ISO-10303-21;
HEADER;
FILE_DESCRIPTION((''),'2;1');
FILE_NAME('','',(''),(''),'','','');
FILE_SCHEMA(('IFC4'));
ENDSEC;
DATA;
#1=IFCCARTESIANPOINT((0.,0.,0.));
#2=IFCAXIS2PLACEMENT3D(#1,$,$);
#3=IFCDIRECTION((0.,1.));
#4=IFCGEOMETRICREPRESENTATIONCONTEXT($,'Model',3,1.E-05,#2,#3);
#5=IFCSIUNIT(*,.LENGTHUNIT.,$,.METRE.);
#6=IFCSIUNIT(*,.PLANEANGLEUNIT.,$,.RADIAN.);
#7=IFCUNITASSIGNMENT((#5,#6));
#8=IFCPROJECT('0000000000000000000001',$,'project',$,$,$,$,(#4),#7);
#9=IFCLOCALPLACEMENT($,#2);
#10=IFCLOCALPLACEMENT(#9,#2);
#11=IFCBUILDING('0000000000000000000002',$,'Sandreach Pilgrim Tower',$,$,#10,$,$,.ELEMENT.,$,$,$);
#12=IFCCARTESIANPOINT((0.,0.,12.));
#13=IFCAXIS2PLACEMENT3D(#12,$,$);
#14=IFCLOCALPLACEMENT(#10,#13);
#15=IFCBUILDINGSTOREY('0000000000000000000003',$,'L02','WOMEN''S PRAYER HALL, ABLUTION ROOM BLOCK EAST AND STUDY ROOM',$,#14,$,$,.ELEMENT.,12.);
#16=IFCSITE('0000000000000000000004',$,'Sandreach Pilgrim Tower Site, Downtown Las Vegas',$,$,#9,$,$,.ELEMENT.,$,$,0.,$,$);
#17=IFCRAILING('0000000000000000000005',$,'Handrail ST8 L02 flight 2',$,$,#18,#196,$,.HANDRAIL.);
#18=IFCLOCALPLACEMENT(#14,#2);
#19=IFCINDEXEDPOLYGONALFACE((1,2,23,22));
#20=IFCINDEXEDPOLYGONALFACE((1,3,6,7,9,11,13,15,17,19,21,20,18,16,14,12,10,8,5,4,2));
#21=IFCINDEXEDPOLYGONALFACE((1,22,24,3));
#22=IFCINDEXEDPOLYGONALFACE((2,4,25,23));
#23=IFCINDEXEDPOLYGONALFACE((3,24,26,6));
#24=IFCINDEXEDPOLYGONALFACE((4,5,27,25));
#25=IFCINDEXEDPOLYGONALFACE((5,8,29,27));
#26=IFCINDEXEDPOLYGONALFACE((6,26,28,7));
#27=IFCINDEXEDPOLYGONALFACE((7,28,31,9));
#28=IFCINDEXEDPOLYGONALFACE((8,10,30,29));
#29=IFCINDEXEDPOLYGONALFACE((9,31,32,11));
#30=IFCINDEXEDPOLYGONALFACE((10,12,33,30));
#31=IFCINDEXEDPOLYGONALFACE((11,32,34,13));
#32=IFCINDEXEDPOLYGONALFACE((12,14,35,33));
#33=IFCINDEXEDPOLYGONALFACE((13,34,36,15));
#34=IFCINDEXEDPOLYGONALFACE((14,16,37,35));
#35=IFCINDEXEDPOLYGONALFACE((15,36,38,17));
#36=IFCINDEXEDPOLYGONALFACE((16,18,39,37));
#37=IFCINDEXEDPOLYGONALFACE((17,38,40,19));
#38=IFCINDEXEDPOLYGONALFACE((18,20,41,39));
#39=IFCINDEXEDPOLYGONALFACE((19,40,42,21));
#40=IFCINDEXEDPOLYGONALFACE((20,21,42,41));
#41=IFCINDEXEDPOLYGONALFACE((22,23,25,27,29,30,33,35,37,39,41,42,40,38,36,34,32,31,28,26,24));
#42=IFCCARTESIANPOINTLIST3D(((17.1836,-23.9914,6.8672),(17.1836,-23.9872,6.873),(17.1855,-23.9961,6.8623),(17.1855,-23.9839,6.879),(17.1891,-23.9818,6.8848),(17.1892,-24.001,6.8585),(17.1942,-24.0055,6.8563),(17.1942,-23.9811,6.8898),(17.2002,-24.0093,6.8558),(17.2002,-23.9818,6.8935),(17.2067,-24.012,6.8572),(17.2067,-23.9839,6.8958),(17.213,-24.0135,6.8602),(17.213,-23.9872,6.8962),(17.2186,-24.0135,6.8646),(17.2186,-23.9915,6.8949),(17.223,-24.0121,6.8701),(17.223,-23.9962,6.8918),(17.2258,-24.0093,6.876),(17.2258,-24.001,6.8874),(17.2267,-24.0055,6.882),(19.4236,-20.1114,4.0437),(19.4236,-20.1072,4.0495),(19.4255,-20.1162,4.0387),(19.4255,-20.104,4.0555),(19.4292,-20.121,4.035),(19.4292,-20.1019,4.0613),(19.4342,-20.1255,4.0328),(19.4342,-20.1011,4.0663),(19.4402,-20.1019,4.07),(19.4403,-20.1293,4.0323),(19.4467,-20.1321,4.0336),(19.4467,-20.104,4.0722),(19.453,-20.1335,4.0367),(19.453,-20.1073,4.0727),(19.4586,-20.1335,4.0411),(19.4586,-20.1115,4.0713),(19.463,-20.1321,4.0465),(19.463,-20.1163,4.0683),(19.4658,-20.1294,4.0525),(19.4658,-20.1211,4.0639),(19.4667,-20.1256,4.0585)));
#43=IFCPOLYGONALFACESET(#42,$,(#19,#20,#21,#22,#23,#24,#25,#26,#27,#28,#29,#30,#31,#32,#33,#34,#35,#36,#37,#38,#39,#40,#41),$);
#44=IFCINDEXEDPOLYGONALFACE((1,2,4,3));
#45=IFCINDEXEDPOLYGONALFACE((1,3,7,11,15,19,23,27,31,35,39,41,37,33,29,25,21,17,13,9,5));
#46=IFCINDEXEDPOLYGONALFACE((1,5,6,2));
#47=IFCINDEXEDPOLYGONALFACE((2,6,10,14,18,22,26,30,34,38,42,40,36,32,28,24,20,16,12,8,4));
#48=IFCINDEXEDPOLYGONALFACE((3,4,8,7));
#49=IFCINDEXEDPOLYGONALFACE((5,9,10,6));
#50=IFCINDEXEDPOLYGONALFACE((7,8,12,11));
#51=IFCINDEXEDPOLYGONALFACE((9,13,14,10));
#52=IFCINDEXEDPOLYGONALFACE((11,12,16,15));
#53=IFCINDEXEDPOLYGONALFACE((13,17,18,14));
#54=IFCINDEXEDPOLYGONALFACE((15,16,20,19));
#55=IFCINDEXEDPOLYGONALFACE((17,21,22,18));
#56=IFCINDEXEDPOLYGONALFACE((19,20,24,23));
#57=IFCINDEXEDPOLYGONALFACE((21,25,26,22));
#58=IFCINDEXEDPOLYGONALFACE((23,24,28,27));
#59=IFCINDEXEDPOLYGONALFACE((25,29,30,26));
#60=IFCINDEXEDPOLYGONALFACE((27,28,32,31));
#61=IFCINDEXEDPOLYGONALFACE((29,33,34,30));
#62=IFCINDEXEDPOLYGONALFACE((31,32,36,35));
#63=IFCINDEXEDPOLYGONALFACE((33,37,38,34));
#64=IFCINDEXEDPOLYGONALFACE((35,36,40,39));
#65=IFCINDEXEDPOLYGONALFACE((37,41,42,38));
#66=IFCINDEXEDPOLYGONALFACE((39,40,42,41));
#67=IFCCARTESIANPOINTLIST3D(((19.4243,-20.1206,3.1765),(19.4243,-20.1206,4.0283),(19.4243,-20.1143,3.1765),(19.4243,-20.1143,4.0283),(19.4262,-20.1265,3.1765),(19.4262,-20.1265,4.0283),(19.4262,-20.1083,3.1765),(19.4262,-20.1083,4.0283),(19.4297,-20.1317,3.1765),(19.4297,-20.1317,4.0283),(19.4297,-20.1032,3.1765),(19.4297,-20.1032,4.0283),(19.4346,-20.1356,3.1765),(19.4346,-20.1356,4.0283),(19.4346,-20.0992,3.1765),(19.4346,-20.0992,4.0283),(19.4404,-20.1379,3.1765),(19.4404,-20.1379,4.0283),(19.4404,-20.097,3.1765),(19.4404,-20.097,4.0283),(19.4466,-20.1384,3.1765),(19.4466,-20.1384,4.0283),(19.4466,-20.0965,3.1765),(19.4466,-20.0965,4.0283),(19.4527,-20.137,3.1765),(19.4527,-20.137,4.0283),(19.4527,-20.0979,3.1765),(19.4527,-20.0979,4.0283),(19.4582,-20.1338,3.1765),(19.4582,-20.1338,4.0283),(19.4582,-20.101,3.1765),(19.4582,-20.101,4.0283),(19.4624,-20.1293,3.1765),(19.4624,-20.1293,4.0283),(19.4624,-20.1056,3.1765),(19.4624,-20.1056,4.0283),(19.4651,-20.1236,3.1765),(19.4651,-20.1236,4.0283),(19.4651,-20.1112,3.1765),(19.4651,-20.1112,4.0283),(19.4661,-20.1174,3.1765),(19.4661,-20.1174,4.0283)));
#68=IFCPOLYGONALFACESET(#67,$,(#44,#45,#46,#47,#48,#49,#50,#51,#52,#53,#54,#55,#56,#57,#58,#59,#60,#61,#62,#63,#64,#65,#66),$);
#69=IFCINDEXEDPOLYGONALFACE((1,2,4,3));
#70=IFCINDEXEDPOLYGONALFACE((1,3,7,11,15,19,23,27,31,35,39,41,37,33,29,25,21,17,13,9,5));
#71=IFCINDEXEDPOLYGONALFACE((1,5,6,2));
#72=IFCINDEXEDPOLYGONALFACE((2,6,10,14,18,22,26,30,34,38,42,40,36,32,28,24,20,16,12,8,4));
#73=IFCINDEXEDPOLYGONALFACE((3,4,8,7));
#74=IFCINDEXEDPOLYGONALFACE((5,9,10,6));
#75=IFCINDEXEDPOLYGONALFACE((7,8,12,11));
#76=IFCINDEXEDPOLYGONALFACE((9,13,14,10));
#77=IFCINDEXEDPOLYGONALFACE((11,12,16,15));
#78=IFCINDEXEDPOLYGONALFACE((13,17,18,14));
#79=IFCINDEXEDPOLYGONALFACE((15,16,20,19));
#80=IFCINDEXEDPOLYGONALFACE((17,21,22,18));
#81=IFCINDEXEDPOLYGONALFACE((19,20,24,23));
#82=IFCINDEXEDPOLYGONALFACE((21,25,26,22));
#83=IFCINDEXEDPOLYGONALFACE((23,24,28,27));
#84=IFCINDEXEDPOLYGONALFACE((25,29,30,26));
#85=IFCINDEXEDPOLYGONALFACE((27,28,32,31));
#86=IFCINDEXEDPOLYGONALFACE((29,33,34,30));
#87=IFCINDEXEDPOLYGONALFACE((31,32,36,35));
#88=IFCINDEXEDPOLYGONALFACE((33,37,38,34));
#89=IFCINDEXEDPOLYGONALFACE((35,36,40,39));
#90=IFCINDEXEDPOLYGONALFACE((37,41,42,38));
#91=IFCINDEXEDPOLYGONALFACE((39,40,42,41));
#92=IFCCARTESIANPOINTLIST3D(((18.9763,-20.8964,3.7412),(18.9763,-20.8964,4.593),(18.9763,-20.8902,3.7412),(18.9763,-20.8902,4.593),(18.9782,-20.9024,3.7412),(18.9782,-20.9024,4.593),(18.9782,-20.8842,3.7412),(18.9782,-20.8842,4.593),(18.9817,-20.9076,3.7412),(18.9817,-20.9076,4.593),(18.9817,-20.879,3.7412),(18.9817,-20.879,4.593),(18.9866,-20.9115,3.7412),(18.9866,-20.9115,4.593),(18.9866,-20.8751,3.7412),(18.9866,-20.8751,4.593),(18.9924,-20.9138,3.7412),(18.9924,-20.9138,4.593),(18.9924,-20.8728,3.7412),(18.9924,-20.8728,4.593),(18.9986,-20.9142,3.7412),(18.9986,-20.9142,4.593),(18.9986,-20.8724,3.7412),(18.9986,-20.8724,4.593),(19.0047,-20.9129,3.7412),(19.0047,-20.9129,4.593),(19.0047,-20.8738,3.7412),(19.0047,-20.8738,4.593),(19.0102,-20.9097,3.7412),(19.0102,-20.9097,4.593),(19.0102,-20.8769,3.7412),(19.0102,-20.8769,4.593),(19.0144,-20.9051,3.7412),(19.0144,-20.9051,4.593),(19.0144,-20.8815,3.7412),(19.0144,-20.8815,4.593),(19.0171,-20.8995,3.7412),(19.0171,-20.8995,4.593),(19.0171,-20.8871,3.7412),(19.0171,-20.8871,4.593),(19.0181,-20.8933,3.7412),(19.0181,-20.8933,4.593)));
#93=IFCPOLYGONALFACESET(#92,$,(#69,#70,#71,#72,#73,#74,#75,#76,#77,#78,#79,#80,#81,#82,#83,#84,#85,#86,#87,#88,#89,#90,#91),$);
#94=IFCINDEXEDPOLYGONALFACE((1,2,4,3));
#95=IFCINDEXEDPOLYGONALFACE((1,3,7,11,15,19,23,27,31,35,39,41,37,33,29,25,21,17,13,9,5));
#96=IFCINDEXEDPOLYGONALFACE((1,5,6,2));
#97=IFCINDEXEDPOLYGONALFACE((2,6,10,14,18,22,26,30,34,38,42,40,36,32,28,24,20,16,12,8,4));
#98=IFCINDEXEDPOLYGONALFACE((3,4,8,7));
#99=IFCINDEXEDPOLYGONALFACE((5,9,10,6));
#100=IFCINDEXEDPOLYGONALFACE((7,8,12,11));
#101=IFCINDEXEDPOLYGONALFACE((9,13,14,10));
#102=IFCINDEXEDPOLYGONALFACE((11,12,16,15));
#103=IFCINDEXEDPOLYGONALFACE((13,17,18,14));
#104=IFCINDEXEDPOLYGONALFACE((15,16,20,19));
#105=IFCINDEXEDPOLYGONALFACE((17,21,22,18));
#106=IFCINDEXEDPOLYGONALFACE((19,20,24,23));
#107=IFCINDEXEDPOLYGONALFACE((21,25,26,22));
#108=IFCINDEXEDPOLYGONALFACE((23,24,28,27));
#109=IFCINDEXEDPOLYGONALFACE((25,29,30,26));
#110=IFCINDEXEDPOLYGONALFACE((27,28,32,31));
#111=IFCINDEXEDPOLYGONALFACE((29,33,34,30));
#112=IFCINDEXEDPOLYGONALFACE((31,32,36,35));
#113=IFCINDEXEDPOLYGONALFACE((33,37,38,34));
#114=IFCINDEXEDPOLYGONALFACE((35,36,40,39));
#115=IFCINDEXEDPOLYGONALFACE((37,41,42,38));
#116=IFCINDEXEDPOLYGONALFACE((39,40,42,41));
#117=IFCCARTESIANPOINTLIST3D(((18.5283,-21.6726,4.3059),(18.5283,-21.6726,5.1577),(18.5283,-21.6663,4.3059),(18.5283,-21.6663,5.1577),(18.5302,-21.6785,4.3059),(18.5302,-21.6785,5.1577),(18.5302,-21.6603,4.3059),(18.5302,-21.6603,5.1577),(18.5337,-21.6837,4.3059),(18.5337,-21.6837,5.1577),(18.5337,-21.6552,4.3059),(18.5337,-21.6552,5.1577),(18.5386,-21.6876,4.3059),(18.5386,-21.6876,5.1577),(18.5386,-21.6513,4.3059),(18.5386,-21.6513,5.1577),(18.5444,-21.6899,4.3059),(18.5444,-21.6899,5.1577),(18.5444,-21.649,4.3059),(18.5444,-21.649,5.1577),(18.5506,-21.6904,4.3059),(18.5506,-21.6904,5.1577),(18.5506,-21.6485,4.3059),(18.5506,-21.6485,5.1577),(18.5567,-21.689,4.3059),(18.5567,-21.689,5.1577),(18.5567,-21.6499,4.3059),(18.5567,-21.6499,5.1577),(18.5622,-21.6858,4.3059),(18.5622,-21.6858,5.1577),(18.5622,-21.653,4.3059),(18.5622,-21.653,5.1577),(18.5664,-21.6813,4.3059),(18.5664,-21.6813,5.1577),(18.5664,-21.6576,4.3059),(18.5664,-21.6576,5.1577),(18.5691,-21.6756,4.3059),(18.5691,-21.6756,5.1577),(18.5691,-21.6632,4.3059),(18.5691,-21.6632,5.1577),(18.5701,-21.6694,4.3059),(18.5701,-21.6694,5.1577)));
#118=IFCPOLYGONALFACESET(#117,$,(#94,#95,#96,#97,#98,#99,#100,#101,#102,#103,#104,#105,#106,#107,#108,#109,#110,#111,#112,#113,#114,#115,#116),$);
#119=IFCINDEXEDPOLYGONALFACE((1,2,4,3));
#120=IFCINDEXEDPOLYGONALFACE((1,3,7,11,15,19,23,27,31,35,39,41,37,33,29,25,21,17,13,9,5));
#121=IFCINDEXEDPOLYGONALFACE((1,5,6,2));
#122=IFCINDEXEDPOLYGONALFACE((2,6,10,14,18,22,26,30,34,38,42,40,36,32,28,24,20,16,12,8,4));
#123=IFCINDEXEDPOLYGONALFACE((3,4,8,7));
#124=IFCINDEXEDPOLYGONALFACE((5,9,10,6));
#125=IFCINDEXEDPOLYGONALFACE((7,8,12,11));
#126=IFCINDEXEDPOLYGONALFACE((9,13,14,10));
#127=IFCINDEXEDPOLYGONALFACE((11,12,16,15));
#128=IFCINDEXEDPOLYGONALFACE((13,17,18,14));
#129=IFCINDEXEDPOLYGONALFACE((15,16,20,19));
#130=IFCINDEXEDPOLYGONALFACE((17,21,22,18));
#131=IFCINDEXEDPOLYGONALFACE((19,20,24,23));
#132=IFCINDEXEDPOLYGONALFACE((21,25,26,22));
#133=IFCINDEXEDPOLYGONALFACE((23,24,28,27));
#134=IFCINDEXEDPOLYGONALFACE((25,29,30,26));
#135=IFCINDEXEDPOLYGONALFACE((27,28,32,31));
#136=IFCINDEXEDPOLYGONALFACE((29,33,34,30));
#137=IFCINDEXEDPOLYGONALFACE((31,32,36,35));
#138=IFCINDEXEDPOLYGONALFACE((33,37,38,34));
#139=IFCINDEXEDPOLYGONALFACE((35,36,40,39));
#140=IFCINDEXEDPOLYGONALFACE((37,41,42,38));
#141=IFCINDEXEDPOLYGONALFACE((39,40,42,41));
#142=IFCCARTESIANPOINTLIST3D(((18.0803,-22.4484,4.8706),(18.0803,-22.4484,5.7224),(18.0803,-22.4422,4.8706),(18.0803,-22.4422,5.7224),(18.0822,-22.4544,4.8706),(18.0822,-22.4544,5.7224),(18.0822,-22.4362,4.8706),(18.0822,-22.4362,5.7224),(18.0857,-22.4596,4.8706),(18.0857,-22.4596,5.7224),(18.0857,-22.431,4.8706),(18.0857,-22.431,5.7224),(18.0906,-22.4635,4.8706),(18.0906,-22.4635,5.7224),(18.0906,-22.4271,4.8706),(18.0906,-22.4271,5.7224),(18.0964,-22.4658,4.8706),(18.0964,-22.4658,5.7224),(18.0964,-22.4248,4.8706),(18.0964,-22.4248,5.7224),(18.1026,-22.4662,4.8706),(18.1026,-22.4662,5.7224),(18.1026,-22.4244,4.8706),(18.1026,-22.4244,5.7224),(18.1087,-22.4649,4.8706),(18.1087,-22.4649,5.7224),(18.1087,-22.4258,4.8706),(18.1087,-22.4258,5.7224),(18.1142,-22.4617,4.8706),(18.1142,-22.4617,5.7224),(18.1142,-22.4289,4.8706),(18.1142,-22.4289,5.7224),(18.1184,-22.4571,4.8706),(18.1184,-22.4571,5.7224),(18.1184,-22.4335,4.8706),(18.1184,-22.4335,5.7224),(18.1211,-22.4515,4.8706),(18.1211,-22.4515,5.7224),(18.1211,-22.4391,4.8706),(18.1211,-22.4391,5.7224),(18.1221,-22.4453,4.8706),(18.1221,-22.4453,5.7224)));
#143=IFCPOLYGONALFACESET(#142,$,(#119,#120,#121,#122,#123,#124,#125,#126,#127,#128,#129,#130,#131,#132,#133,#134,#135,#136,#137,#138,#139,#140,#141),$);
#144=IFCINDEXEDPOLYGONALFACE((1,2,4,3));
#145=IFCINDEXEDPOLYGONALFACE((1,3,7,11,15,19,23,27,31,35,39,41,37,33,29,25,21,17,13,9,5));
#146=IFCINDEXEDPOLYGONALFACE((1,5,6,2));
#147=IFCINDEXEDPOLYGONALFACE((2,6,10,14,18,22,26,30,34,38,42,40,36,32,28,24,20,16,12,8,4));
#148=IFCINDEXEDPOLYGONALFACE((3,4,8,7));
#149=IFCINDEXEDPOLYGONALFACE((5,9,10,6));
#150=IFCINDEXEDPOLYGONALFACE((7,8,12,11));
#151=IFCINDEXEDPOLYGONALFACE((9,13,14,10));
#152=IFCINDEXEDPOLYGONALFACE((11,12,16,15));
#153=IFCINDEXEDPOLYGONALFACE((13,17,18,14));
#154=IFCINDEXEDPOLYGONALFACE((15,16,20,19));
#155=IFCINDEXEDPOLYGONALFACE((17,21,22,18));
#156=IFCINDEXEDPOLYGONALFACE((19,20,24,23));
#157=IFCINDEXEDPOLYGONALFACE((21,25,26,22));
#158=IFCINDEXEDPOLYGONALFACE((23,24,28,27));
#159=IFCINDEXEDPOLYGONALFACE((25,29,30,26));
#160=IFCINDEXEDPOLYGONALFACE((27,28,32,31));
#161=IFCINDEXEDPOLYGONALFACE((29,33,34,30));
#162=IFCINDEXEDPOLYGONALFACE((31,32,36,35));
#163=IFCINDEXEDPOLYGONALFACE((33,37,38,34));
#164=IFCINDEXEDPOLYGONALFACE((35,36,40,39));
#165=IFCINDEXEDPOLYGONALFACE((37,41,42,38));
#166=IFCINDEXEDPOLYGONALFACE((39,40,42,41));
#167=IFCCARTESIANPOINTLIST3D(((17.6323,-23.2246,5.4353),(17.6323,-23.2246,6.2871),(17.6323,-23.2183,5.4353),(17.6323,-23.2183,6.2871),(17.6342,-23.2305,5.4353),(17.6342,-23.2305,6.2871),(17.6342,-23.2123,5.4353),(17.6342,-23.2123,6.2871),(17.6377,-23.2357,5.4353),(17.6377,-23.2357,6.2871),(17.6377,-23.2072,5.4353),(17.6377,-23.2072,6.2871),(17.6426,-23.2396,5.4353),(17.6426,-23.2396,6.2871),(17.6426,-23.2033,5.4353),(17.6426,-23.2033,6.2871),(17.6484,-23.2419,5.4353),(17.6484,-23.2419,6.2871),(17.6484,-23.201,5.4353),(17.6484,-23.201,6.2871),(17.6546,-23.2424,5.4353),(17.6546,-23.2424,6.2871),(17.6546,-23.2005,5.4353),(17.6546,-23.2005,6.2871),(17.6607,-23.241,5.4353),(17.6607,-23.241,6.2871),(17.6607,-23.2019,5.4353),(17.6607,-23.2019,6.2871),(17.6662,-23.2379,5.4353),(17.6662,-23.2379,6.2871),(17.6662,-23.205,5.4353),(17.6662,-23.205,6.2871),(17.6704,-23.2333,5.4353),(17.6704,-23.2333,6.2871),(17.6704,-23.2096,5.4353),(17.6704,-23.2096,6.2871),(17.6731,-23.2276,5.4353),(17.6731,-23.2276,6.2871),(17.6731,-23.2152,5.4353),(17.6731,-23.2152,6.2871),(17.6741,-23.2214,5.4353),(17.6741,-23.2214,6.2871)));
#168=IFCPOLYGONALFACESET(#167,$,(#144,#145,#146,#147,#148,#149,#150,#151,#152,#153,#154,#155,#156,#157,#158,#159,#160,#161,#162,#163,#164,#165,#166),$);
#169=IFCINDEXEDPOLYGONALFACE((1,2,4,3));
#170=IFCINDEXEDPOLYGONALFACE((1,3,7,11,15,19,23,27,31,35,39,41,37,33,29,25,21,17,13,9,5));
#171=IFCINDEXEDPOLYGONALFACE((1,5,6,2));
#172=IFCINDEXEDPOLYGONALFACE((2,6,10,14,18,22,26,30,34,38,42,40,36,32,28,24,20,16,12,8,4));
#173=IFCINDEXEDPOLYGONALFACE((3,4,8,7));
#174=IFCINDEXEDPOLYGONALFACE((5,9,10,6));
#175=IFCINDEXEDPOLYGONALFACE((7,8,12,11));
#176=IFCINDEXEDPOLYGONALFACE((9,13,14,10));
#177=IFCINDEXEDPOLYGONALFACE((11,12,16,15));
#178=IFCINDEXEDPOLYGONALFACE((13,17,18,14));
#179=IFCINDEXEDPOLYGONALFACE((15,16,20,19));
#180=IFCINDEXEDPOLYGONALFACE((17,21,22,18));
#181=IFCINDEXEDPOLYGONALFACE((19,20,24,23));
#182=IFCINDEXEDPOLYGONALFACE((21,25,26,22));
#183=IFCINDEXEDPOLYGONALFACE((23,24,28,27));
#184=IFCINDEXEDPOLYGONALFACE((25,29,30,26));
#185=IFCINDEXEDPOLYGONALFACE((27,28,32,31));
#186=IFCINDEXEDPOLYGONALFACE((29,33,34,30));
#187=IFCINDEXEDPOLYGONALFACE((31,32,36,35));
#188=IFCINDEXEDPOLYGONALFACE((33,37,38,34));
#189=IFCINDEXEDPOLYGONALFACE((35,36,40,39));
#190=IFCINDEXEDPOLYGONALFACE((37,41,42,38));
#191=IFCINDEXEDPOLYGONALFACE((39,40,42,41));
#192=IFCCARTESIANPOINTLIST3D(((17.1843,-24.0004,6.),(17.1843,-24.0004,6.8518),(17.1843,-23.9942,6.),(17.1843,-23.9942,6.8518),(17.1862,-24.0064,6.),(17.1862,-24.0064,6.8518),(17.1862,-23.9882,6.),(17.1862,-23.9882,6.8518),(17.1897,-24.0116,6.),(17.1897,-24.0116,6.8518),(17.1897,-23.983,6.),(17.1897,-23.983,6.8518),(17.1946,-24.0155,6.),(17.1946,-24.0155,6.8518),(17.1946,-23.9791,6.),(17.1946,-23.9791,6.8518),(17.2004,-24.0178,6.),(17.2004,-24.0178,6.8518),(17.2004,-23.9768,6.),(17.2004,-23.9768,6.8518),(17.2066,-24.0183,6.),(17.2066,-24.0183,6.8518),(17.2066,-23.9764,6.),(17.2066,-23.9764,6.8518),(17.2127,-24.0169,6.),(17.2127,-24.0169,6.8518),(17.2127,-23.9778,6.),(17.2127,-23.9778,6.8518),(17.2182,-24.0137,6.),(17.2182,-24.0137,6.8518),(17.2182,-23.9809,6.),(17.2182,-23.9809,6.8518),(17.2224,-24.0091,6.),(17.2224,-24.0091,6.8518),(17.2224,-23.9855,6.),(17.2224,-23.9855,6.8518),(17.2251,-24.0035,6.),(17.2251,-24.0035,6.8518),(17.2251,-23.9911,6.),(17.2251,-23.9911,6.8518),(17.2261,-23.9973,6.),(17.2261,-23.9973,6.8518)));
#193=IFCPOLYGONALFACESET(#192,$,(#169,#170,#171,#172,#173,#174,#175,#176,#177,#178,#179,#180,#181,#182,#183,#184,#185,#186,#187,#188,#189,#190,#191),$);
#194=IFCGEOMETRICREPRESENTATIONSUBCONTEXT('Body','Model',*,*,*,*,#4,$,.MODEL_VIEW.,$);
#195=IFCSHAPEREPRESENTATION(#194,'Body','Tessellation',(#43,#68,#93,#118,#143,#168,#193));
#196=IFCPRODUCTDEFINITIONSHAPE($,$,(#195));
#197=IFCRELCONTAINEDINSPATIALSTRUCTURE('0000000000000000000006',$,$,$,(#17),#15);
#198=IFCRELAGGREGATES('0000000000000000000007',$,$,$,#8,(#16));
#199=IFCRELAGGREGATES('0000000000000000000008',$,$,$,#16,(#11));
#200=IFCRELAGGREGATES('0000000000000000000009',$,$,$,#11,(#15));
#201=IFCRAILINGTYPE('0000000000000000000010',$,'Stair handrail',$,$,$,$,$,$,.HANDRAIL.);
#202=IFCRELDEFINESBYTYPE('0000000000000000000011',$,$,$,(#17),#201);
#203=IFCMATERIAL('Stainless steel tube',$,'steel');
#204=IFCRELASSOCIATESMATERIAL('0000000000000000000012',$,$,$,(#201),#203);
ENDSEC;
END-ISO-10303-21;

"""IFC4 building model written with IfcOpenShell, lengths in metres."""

from ifc_helpers import new_model, si_unit, direction, frame, origin, origin_2d, place, context, subcontext, project, spatial, circle, extrude, material, type_object, element, save


model = new_model("IFC4")

# Units and contexts
model_context = context("Model", 3, precision=1e-05, world=origin(), true_north=direction((0.0, 1.0)))
body_context = subcontext(model_context, "Body", "Model", "MODEL_VIEW")
ifc_project = project(units=[si_unit("LENGTHUNIT", "METRE"), si_unit("PLANEANGLEUNIT", "RADIAN")], contexts=[model_context])

# Site, building, storey
site_placement = place(None, origin())
site = spatial("IfcSite", under=ifc_project, at=site_placement, Name="Sandreach Pilgrim Tower Site, Downtown Las Vegas", CompositionType="ELEMENT", RefElevation=0.0)
building_placement = place(site_placement, origin())
building = spatial("IfcBuilding", under=site, at=building_placement, Name="Sandreach Pilgrim Tower", CompositionType="ELEMENT")
storey_placement = place(building_placement, frame((0.0, 0.0, 12.0)))
storey = spatial("IfcBuildingStorey", under=building, at=storey_placement, Name="L02", Description="WOMEN'S PRAYER HALL, ABLUTION ROOM BLOCK EAST AND STUDY ROOM", CompositionType="ELEMENT", Elevation=12.0)

# Railing
ifc_material_1 = material(Name="Stainless steel tube", Category="steel")
railing_type = type_object("IfcRailingType", Name="Stair handrail", PredefinedType="HANDRAIL", material=ifc_material_1)
for number, where, name in (
    (1, (19.4451, -20.1174, 3.1765), "Handrail ST8 L02 flight 2"),
):
    element("IfcRailing", number, at=place(storey_placement, frame(where)), inside=storey, type_object=railing_type, Name=name, PredefinedType="HANDRAIL", context=body_context, shape_type="SweptSolid", body=[
        extrude(circle(Radius=0.0239, at=origin_2d()), frame((0.0, 0.0, 0.876), z_axis=(-0.422993, -0.732665, 0.533178), x_axis=(0.866031, -0.49999, 0.0)), (0.0, 0.0, 1.0), 5.2957),
        extrude(circle(Radius=0.021, at=origin_2d()), origin(), (0.0, 0.0, 1.0), 0.8518),
        extrude(circle(Radius=0.021, at=origin_2d()), frame((-0.448, -0.7759, 0.5647)), (0.0, 0.0, 1.0), 0.8518),
        extrude(circle(Radius=0.021, at=origin_2d()), frame((-0.896, -1.552, 1.1294)), (0.0, 0.0, 1.0), 0.8518),
        extrude(circle(Radius=0.021, at=origin_2d()), frame((-1.344, -2.3279, 1.6941)), (0.0, 0.0, 1.0), 0.8518),
        extrude(circle(Radius=0.021, at=origin_2d()), frame((-1.792, -3.104, 2.2588)), (0.0, 0.0, 1.0), 0.8518),
        extrude(circle(Radius=0.021, at=origin_2d()), frame((-2.24, -3.8799, 2.8235)), (0.0, 0.0, 1.0), 0.8518),
    ])

save(model, "model.ifc")
